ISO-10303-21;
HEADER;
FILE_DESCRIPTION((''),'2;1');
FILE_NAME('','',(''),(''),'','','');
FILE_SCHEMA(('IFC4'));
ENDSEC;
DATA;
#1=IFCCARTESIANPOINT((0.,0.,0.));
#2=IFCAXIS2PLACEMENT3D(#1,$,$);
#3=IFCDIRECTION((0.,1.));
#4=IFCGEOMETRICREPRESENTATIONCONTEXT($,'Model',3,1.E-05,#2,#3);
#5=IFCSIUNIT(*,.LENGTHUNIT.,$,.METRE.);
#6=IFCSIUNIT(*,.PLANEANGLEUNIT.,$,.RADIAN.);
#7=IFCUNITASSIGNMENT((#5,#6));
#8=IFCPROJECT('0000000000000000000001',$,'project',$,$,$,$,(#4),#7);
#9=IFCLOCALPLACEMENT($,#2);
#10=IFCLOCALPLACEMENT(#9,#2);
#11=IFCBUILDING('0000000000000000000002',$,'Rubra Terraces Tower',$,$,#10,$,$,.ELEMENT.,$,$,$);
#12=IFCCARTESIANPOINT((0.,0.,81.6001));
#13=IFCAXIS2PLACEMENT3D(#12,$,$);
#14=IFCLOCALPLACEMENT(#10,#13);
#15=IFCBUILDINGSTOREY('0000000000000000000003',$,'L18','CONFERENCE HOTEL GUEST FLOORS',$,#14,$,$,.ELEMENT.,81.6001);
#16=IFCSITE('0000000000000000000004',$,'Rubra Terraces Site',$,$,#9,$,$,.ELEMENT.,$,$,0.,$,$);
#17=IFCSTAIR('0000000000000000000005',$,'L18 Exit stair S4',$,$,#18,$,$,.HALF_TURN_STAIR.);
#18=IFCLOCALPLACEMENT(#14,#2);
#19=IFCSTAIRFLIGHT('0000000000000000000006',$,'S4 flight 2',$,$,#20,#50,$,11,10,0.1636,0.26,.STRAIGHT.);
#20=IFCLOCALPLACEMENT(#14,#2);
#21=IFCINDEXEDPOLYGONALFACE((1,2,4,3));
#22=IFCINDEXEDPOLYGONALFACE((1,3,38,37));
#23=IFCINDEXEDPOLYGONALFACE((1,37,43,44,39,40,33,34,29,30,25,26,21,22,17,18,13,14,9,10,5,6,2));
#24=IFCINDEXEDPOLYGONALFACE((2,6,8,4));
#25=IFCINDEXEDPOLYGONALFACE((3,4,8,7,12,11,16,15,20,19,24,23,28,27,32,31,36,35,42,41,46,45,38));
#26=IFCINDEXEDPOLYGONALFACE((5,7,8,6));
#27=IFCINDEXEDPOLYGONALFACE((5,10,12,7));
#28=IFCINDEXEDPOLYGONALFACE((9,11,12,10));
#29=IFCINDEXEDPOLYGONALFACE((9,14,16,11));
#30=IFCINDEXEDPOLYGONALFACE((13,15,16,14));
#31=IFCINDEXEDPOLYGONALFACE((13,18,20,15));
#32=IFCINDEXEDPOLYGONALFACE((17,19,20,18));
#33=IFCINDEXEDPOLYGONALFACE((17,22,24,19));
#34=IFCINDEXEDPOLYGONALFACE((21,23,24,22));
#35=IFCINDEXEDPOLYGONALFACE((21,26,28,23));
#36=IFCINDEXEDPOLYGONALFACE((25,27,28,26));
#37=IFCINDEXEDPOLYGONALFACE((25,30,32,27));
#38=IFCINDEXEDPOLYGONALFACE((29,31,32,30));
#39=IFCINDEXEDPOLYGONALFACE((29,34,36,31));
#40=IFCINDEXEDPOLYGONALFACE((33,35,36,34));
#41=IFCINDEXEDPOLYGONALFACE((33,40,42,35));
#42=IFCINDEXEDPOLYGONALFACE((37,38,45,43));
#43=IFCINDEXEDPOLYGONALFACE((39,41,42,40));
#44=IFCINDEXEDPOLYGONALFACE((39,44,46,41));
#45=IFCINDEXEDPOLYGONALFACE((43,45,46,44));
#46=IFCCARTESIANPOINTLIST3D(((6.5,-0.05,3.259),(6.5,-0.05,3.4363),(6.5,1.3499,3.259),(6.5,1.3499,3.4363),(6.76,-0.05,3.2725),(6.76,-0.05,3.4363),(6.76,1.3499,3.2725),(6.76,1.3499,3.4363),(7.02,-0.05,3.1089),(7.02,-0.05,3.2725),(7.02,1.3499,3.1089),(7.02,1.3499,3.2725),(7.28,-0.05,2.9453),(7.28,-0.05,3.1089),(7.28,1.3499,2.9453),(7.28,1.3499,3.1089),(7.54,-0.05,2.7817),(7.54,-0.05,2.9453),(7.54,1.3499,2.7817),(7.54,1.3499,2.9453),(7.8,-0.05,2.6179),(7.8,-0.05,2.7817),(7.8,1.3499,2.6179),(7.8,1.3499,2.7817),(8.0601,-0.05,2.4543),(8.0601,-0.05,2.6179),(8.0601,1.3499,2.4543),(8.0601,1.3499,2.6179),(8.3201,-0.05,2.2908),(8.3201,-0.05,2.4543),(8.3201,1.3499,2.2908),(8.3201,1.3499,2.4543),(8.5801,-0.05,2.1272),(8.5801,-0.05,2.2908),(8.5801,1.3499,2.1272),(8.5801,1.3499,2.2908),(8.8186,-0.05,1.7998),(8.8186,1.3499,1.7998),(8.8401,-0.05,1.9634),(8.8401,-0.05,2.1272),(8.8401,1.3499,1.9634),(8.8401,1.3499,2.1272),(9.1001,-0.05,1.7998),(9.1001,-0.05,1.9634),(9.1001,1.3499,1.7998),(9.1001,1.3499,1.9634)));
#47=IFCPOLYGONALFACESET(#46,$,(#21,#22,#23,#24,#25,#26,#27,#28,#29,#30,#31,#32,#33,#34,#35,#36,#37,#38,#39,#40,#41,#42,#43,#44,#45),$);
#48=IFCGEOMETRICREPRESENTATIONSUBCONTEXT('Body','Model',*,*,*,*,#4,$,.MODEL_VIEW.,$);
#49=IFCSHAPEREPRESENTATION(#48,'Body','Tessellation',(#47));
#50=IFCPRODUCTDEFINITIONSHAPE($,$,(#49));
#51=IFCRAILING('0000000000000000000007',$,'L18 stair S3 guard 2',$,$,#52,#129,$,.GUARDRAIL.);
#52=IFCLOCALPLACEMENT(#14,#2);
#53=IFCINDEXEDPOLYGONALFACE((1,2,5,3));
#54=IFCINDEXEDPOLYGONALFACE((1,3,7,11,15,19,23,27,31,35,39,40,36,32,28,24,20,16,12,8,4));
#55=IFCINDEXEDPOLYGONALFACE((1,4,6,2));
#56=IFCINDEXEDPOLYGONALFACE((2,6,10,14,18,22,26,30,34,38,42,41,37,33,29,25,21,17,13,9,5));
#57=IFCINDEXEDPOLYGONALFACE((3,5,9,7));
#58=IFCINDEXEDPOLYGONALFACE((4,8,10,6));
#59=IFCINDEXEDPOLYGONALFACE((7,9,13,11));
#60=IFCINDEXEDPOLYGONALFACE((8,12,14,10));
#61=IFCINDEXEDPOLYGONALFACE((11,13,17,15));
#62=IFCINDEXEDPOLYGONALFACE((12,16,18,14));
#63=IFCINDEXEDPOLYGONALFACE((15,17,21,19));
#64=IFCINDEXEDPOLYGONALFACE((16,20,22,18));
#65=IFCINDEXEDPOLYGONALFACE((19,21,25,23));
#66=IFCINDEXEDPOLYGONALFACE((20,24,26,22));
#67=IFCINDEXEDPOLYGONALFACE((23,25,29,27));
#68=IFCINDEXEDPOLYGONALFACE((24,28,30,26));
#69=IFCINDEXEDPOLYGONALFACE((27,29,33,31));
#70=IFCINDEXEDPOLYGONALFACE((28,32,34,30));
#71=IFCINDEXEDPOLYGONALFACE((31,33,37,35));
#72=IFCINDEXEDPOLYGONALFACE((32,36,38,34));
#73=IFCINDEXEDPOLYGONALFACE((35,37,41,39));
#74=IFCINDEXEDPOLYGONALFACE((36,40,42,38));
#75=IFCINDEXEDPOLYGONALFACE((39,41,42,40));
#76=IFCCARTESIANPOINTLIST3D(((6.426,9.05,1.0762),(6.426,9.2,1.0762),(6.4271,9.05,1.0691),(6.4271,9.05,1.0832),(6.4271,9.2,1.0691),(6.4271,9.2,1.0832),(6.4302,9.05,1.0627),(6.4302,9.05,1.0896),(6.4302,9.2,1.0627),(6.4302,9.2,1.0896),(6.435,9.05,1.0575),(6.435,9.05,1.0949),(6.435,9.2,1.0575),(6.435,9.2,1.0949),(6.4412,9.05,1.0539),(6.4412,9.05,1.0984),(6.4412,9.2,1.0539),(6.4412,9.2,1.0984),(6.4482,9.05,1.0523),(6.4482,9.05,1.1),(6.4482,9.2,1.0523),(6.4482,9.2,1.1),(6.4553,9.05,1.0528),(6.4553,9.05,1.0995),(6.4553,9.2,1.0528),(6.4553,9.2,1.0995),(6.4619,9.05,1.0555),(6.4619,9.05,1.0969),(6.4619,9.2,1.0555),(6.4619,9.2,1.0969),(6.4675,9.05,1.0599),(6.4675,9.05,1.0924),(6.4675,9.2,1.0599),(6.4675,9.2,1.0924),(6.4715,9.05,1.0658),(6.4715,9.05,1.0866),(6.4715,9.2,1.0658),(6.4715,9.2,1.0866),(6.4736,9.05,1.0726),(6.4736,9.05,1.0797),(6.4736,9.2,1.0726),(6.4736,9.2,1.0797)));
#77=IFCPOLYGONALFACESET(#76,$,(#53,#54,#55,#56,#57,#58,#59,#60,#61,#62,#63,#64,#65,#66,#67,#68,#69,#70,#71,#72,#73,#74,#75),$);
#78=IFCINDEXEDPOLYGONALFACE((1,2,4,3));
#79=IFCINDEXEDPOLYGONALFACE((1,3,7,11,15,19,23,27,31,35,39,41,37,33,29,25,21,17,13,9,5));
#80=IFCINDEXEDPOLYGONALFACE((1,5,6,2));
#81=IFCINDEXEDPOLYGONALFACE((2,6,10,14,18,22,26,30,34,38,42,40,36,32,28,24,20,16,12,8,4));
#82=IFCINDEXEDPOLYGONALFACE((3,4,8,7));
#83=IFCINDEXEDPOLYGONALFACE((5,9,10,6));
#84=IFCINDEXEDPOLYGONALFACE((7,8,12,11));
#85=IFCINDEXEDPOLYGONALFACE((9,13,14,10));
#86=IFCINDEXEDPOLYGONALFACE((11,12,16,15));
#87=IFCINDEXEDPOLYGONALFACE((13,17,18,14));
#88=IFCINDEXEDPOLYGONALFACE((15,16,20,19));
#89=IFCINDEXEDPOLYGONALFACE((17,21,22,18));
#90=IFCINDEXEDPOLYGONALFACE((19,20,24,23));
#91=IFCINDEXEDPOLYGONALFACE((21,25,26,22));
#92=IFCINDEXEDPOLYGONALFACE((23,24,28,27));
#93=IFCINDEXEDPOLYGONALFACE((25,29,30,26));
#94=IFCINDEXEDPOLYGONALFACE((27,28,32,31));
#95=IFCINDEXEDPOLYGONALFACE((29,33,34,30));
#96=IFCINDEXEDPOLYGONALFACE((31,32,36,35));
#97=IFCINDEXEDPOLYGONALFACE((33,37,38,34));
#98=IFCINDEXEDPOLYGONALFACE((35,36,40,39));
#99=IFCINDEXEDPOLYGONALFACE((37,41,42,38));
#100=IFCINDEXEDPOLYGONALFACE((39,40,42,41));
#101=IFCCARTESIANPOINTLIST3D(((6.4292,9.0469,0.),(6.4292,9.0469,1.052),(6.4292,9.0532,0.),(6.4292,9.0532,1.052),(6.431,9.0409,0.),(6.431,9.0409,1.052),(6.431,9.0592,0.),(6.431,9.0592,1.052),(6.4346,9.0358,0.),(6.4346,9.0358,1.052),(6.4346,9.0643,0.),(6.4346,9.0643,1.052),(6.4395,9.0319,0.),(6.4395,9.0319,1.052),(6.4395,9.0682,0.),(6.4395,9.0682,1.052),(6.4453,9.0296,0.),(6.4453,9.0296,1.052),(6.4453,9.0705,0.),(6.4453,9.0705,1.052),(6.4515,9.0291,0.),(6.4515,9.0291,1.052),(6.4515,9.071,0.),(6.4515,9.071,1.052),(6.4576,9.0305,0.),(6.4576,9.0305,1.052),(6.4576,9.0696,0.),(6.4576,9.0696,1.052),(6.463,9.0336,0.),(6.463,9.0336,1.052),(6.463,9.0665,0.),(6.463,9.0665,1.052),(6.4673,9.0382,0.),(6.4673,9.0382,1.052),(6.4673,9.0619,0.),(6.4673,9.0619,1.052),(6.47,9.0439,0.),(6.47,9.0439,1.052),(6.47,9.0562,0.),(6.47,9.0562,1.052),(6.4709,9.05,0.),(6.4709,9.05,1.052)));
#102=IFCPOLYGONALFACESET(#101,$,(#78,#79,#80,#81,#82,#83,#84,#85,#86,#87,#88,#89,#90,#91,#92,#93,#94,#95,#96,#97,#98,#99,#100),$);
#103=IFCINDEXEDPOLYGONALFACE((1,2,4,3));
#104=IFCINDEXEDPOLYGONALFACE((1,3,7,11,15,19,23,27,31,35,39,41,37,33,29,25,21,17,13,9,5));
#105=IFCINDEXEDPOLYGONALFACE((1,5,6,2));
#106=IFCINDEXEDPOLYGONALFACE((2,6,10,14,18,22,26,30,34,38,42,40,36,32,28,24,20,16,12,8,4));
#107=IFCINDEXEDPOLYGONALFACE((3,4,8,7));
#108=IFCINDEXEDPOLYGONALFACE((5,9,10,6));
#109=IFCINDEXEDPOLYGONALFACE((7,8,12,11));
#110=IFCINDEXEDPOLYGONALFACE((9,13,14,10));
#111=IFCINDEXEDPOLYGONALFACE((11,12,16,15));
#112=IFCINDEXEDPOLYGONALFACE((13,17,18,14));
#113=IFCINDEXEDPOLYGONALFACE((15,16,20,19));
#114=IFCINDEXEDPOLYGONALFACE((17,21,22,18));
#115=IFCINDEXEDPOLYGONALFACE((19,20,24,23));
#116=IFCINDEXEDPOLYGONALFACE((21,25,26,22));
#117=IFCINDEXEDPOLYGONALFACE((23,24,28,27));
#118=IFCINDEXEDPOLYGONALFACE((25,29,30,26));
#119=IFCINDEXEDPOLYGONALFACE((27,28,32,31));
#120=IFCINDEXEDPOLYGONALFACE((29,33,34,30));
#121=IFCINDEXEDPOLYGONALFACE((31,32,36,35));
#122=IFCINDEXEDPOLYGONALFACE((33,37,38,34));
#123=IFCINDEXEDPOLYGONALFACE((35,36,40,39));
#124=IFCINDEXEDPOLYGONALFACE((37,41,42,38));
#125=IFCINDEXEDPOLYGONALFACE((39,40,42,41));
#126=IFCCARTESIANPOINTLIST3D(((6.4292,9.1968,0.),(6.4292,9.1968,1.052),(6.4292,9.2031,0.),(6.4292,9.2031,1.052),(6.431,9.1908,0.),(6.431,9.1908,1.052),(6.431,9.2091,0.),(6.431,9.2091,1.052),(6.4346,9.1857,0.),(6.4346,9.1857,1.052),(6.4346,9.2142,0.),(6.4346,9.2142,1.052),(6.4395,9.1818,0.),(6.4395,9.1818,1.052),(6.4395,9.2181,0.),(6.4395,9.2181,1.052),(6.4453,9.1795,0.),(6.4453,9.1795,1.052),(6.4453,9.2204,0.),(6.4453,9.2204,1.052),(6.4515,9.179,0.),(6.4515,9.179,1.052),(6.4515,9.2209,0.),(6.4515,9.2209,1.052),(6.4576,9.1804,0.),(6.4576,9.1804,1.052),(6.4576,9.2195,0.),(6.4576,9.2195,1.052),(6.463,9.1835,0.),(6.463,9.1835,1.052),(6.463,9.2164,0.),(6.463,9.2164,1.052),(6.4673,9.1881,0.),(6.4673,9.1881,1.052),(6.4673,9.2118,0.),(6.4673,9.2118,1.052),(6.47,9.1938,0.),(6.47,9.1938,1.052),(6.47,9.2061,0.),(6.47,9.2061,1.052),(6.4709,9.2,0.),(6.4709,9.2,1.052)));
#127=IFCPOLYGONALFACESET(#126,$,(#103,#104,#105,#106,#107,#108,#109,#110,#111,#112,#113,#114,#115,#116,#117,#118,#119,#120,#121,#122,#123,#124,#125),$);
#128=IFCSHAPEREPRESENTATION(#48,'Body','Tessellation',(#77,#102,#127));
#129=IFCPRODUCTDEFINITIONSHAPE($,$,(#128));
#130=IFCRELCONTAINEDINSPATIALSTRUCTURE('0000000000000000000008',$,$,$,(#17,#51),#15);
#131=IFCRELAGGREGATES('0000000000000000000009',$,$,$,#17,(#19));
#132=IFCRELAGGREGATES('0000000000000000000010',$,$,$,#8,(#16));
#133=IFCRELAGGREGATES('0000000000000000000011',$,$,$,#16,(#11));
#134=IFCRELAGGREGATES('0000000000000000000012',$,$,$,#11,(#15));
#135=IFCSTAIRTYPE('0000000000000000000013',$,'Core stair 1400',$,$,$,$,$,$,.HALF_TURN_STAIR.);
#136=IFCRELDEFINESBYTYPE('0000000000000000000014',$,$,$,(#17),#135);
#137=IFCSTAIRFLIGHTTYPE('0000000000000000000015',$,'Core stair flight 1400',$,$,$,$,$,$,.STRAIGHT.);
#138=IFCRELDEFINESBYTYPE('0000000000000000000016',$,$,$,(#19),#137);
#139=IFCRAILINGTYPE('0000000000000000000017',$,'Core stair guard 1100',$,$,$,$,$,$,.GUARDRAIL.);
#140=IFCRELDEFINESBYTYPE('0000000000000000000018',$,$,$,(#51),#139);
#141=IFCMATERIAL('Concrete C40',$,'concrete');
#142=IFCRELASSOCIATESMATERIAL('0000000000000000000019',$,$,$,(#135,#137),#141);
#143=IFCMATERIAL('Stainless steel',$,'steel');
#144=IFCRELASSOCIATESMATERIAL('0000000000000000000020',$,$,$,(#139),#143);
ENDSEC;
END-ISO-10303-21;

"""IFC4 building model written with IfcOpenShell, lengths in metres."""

from ifc_helpers import new_model, si_unit, direction, frame, origin, origin_2d, place, context, subcontext, project, spatial, polyline, circle, outline, extrude, material, type_object, element, aggregate, save


model = new_model("IFC4")

# Units and contexts
model_context = context("Model", 3, precision=1e-05, world=origin(), true_north=direction((0.0, 1.0)))
body_context = subcontext(model_context, "Body", "Model", "MODEL_VIEW")
ifc_project = project(units=[si_unit("LENGTHUNIT", "METRE"), si_unit("PLANEANGLEUNIT", "RADIAN")], contexts=[model_context])

# Site, building, storey
site_placement = place(None, origin())
site = spatial("IfcSite", under=ifc_project, at=site_placement, Name="Rubra Terraces Site", CompositionType="ELEMENT", RefElevation=0.0)
building_placement = place(site_placement, origin())
building = spatial("IfcBuilding", under=site, at=building_placement, Name="Rubra Terraces Tower", CompositionType="ELEMENT")
storey_placement = place(building_placement, frame((0.0, 0.0, 81.6001)))
storey = spatial("IfcBuildingStorey", under=building, at=storey_placement, Name="L18", Description="CONFERENCE HOTEL GUEST FLOORS", CompositionType="ELEMENT", Elevation=81.6001)

# Shared definitions
ifc_material_1 = material(Name="Concrete C40", Category="concrete")

# Shared definitions
ifc_material_2 = material(Name="Stainless steel", Category="steel")

# Shared definitions
stair_type = type_object("IfcStairType", Name="Core stair 1400", PredefinedType="HALF_TURN_STAIR", material=ifc_material_1)
stair_flight_type = type_object("IfcStairFlightType", Name="Core stair flight 1400", PredefinedType="STRAIGHT", material=ifc_material_1)

# Stair, stair flight
stair_1_placement = place(storey_placement, origin())
stair_1 = element("IfcStair", 1, at=stair_1_placement, inside=storey, type_object=stair_type, Name="L18 Exit stair S4", PredefinedType="HALF_TURN_STAIR")
stair_flight_1_placement = place(storey_placement, frame((9.1001, 0.6499, 1.7998), z_axis=(0.0, 0.0, 1.0), x_axis=(-1.0, 0.0, 0.0)))
stair_flight_1 = element("IfcStairFlight", 2, at=stair_flight_1_placement, type_object=stair_flight_type, Name="S4 flight 2", NumberOfRisers=11, NumberOfTreads=10, PredefinedType="STRAIGHT", RiserHeight=0.1636, TreadLength=0.26, context=body_context, shape_type="SweptSolid", body=[
    extrude(outline(polyline([(0.0, 0.0), (0.0, 0.1636), (0.26, 0.1636), (0.26, 0.3274), (0.52, 0.3274), (0.52, 0.491), (0.78, 0.491), (0.78, 0.6545), (1.04, 0.6545), (1.04, 0.8181), (1.3, 0.8181), (1.3, 0.9819), (1.5601, 0.9819), (1.5601, 1.1455), (1.8201, 1.1455), (1.8201, 1.3091), (2.0801, 1.3091), (2.0801, 1.4727), (2.3401, 1.4727), (2.3401, 1.6365), (2.6001, 1.6365), (2.6001, 1.8), (2.6001, 1.4592), (0.2815, 0.0), (0.0, 0.0)])), frame((0.0, 0.7, 0.0), z_axis=(0.0, -1.0, 0.0), x_axis=(1.0, 0.0, 0.0)), (0.0, 0.0, 1.0), 1.3999),
])
aggregate(stair_1, [stair_flight_1])

# Railing
railing_type_1 = type_object("IfcRailingType", Name="Core stair guard 1100", PredefinedType="GUARDRAIL", material=ifc_material_2)
railing_1_placement = place(storey_placement, frame((6.45, 9.05, 0.0)))
element("IfcRailing", 3, at=railing_1_placement, inside=storey, type_object=railing_type_1, Name="L18 stair S3 guard 2", PredefinedType="GUARDRAIL", context=body_context, shape_type="SweptSolid", body=[
    extrude(circle(Radius=0.0239, at=origin_2d()), frame((0.0, 0.0, 1.0762), z_axis=(0.0, 1.0, 0.0), x_axis=(-1.0, 0.0, 0.0)), (0.0, 0.0, 1.0), 0.1499),
    extrude(circle(Radius=0.021, at=origin_2d()), origin(), (0.0, 0.0, 1.0), 1.052),
    extrude(circle(Radius=0.021, at=origin_2d()), frame((0.0, 0.1499, 0.0)), (0.0, 0.0, 1.0), 1.052),
])

save(model, "model.ifc")
